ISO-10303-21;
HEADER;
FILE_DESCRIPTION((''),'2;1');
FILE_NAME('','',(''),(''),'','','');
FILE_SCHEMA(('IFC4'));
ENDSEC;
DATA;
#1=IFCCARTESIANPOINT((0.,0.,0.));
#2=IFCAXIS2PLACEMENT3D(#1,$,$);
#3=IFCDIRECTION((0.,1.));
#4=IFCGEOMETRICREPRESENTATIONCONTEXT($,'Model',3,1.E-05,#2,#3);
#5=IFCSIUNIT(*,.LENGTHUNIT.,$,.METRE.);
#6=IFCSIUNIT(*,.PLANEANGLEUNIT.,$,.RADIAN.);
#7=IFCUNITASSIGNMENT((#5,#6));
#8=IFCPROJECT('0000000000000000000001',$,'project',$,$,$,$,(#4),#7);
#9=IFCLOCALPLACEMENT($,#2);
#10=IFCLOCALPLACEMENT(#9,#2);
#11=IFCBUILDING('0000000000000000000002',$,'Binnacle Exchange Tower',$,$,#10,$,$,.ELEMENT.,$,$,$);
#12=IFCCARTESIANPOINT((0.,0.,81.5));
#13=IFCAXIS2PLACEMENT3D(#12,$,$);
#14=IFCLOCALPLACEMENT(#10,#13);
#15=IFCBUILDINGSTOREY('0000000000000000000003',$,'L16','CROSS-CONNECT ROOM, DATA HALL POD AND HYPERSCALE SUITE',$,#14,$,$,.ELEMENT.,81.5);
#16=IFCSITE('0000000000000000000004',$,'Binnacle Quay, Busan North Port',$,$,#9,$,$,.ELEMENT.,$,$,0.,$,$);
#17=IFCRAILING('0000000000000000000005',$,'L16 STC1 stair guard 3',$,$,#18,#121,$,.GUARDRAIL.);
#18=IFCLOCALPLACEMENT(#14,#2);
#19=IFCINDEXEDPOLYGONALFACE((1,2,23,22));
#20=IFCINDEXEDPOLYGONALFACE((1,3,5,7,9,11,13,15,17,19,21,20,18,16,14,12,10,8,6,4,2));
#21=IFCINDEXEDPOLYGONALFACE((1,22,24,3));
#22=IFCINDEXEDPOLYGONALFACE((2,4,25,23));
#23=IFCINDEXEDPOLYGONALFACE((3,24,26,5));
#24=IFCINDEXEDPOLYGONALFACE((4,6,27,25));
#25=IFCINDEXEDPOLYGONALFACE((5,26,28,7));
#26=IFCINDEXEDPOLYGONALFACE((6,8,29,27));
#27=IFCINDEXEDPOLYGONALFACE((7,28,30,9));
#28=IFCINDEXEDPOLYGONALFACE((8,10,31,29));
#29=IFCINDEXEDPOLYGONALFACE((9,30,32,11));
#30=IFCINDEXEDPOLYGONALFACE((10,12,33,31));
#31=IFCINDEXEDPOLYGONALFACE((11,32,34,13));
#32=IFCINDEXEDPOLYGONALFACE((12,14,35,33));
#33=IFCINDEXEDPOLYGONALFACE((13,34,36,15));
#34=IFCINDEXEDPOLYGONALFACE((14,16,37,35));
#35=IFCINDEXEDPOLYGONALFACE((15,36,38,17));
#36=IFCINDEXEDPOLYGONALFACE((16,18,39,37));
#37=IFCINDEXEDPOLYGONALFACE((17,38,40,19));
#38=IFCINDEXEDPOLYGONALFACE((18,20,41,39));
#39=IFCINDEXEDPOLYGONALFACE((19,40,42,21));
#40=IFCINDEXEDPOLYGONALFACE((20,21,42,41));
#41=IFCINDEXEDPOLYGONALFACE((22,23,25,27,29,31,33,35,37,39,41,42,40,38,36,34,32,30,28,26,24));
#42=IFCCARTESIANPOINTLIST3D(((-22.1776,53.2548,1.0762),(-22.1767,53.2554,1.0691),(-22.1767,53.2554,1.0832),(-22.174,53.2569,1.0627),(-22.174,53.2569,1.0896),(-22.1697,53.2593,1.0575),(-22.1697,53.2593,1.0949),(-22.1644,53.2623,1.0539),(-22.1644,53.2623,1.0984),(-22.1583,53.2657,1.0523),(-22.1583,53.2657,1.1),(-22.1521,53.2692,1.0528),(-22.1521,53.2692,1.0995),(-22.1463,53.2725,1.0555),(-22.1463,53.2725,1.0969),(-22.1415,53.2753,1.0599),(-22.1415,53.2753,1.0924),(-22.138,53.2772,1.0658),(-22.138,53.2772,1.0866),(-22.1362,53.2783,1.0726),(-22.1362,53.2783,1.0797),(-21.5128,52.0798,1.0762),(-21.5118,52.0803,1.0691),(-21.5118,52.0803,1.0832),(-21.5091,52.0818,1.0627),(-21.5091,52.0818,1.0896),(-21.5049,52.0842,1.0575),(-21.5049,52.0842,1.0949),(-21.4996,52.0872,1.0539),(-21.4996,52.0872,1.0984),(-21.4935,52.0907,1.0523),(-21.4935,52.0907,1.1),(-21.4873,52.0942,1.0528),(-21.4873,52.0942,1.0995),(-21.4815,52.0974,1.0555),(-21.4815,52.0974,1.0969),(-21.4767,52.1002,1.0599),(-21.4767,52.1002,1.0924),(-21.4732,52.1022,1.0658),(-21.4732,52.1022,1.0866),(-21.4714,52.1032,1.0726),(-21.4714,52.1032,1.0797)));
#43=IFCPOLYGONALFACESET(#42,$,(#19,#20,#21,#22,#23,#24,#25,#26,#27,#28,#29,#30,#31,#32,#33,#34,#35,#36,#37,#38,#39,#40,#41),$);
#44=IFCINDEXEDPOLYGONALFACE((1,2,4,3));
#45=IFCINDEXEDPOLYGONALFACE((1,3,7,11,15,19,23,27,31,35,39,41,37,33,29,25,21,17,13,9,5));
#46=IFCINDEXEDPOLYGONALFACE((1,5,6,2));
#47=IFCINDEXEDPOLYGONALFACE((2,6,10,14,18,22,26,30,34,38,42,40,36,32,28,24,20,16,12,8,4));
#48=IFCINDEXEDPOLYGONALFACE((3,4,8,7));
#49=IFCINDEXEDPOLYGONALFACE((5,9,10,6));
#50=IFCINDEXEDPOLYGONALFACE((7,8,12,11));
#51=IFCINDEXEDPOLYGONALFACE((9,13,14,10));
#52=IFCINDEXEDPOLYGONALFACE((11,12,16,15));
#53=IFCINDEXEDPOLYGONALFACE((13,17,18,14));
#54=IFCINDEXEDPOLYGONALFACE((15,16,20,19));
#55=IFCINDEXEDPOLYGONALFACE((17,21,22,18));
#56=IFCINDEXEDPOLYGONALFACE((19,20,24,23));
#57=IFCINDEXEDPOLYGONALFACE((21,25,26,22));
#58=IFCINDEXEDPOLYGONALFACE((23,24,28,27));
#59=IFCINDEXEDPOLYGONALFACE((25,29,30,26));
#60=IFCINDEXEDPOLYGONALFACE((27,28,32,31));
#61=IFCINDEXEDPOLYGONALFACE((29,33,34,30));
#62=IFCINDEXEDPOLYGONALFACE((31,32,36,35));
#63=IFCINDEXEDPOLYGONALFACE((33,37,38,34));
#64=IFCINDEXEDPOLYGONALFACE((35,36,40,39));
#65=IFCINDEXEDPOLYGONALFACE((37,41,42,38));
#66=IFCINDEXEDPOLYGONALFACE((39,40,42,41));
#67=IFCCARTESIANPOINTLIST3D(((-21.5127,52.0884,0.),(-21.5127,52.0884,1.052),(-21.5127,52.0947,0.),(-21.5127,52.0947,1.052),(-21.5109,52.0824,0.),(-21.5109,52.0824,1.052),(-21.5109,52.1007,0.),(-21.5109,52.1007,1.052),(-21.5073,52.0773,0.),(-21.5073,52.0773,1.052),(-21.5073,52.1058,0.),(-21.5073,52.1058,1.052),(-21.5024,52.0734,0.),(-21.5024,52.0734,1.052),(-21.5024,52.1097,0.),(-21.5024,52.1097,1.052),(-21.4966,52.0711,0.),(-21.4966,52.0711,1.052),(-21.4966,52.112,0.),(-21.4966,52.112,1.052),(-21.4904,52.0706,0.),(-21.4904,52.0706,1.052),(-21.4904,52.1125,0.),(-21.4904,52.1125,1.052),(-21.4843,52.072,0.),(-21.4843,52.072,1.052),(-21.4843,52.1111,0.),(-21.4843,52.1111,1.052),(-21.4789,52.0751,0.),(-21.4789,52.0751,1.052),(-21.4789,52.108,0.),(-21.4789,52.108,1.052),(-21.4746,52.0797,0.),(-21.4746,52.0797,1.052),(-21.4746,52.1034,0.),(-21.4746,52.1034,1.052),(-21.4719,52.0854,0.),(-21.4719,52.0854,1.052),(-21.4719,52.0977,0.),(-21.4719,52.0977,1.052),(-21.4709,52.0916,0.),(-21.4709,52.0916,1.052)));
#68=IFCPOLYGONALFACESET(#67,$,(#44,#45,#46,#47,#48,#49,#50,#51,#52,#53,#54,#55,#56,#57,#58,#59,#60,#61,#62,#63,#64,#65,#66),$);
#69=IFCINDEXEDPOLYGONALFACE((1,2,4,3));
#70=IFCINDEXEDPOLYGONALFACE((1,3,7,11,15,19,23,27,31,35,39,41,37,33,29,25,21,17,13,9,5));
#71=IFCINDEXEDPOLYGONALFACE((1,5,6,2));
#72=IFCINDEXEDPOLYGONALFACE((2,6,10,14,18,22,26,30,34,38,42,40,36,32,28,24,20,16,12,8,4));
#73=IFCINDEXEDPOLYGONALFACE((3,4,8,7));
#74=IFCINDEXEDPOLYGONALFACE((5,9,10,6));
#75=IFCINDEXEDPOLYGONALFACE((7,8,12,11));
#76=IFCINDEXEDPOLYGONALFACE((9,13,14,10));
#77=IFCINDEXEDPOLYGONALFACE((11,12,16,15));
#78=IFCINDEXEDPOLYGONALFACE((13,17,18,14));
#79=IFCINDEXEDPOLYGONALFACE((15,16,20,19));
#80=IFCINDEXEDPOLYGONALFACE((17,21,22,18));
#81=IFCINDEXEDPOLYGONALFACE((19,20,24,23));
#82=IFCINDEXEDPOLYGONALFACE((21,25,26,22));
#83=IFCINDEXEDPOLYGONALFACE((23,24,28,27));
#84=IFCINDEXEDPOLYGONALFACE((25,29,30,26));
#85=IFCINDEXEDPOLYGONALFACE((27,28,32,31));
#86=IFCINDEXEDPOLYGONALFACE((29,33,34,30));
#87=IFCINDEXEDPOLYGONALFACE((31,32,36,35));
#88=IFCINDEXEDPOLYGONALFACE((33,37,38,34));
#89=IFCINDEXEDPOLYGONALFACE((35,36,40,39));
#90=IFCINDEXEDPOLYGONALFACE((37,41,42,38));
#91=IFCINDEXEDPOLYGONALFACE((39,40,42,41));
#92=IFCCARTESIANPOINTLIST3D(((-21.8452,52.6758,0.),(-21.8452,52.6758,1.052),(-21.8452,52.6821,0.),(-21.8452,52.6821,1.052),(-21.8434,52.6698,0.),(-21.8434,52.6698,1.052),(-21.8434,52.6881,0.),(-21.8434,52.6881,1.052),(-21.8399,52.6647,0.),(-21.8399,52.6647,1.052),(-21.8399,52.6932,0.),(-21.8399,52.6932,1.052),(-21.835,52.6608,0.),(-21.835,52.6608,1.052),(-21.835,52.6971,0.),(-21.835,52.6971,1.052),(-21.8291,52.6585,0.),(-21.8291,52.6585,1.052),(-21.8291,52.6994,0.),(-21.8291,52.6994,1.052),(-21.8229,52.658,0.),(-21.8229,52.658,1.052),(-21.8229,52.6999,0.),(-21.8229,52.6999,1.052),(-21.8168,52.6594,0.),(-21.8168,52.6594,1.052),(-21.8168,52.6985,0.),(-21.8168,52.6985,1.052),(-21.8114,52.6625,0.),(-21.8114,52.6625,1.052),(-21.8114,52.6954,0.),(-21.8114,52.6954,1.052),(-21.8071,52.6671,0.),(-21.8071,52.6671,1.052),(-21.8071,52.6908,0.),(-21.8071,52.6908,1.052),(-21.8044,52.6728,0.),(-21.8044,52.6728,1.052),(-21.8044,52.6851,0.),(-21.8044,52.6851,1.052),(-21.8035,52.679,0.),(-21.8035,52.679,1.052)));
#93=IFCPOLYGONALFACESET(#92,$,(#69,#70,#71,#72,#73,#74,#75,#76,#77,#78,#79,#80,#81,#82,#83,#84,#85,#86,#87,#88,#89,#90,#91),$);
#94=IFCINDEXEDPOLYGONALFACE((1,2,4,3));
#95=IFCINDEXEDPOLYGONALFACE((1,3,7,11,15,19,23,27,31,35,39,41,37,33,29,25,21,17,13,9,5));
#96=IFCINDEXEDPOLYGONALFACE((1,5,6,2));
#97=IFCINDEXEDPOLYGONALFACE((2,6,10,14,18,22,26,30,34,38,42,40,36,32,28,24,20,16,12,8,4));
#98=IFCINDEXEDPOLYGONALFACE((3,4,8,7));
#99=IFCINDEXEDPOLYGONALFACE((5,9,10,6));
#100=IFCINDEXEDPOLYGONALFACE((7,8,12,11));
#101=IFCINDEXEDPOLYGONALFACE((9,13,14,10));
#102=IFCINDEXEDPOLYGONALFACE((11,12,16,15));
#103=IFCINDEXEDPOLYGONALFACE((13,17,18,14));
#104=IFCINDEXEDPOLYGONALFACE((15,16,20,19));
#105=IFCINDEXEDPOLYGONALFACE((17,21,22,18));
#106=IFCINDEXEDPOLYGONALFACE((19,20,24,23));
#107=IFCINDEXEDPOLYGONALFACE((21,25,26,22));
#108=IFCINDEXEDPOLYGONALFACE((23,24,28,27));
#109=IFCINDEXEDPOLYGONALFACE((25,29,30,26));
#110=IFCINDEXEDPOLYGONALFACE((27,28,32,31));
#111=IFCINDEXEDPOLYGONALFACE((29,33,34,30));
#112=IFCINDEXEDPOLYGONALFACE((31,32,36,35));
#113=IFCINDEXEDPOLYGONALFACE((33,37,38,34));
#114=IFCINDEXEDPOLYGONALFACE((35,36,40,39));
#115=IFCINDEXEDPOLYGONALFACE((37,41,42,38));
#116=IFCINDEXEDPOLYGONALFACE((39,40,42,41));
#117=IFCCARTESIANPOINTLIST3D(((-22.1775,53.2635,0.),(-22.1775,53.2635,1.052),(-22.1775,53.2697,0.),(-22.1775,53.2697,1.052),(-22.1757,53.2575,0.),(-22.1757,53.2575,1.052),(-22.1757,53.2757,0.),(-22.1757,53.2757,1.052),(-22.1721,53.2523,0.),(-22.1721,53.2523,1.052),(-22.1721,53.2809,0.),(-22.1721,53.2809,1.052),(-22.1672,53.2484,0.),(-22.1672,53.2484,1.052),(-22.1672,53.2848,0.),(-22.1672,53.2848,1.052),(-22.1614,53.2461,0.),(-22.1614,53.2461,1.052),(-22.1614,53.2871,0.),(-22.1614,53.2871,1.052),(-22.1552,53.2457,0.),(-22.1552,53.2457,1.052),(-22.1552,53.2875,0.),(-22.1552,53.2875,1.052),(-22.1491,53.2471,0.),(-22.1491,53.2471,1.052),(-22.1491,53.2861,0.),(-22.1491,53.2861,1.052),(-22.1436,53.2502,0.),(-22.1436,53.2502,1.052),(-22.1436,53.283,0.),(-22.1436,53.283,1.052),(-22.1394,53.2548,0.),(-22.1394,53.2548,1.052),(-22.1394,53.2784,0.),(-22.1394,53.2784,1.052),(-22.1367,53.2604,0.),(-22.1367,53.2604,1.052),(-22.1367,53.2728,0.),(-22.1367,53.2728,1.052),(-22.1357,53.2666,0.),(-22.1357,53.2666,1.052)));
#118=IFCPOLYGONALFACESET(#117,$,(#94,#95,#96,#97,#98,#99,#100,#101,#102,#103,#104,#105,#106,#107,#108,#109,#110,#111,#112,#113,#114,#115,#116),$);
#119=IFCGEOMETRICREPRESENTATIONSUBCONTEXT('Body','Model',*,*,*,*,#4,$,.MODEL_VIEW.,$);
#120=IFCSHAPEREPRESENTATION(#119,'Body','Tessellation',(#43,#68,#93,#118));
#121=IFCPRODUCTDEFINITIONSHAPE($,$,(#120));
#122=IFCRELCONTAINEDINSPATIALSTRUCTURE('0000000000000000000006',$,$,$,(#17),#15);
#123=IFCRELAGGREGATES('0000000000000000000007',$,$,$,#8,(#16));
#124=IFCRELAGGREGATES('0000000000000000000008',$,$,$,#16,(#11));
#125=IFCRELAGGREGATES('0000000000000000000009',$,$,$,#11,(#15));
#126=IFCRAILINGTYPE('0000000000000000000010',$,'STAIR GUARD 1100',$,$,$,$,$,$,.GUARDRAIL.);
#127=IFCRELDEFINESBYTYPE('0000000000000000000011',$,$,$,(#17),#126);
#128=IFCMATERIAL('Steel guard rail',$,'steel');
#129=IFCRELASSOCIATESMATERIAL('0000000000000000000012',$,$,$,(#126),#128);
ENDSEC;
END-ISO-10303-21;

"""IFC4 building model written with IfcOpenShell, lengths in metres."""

from ifc_helpers import new_model, si_unit, direction, frame, origin, origin_2d, place, context, subcontext, project, spatial, circle, extrude, material, type_object, element, save


model = new_model("IFC4")

# Units and contexts
model_context = context("Model", 3, precision=1e-05, world=origin(), true_north=direction((0.0, 1.0)))
body_context = subcontext(model_context, "Body", "Model", "MODEL_VIEW")
ifc_project = project(units=[si_unit("LENGTHUNIT", "METRE"), si_unit("PLANEANGLEUNIT", "RADIAN")], contexts=[model_context])

# Site, building, storey
site_placement = place(None, origin())
site = spatial("IfcSite", under=ifc_project, at=site_placement, Name="Binnacle Quay, Busan North Port", CompositionType="ELEMENT", RefElevation=0.0)
building_placement = place(site_placement, origin())
building = spatial("IfcBuilding", under=site, at=building_placement, Name="Binnacle Exchange Tower", CompositionType="ELEMENT")
storey_placement = place(building_placement, frame((0.0, 0.0, 81.5)))
storey = spatial("IfcBuildingStorey", under=building, at=storey_placement, Name="L16", Description="CROSS-CONNECT ROOM, DATA HALL POD AND HYPERSCALE SUITE", CompositionType="ELEMENT", Elevation=81.5)

# Railing
ifc_material_1 = material(Name="Steel guard rail", Category="steel")
railing_type_1 = type_object("IfcRailingType", Name="STAIR GUARD 1100", PredefinedType="GUARDRAIL", material=ifc_material_1)
railing_1_placement = place(storey_placement, frame((-21.4919, 52.0916, 0.0)))
element("IfcRailing", 1, at=railing_1_placement, inside=storey, type_object=railing_type_1, Name="L16 STC1 stair guard 3", PredefinedType="GUARDRAIL", context=body_context, shape_type="SweptSolid", body=[
    extrude(circle(Radius=0.0239, at=origin_2d()), frame((0.0, 0.0, 1.0762), z_axis=(-0.492415, 0.870361, 0.0), x_axis=(-0.870361, -0.492415, 0.0)), (0.0, 0.0, 1.0), 1.3501),
    extrude(circle(Radius=0.021, at=origin_2d()), origin(), (0.0, 0.0, 1.0), 1.052),
    extrude(circle(Radius=0.021, at=origin_2d()), frame((-0.3325, 0.5874, 0.0)), (0.0, 0.0, 1.0), 1.052),
    extrude(circle(Radius=0.021, at=origin_2d()), frame((-0.6648, 1.175, 0.0)), (0.0, 0.0, 1.0), 1.052),
])

save(model, "model.ifc")
